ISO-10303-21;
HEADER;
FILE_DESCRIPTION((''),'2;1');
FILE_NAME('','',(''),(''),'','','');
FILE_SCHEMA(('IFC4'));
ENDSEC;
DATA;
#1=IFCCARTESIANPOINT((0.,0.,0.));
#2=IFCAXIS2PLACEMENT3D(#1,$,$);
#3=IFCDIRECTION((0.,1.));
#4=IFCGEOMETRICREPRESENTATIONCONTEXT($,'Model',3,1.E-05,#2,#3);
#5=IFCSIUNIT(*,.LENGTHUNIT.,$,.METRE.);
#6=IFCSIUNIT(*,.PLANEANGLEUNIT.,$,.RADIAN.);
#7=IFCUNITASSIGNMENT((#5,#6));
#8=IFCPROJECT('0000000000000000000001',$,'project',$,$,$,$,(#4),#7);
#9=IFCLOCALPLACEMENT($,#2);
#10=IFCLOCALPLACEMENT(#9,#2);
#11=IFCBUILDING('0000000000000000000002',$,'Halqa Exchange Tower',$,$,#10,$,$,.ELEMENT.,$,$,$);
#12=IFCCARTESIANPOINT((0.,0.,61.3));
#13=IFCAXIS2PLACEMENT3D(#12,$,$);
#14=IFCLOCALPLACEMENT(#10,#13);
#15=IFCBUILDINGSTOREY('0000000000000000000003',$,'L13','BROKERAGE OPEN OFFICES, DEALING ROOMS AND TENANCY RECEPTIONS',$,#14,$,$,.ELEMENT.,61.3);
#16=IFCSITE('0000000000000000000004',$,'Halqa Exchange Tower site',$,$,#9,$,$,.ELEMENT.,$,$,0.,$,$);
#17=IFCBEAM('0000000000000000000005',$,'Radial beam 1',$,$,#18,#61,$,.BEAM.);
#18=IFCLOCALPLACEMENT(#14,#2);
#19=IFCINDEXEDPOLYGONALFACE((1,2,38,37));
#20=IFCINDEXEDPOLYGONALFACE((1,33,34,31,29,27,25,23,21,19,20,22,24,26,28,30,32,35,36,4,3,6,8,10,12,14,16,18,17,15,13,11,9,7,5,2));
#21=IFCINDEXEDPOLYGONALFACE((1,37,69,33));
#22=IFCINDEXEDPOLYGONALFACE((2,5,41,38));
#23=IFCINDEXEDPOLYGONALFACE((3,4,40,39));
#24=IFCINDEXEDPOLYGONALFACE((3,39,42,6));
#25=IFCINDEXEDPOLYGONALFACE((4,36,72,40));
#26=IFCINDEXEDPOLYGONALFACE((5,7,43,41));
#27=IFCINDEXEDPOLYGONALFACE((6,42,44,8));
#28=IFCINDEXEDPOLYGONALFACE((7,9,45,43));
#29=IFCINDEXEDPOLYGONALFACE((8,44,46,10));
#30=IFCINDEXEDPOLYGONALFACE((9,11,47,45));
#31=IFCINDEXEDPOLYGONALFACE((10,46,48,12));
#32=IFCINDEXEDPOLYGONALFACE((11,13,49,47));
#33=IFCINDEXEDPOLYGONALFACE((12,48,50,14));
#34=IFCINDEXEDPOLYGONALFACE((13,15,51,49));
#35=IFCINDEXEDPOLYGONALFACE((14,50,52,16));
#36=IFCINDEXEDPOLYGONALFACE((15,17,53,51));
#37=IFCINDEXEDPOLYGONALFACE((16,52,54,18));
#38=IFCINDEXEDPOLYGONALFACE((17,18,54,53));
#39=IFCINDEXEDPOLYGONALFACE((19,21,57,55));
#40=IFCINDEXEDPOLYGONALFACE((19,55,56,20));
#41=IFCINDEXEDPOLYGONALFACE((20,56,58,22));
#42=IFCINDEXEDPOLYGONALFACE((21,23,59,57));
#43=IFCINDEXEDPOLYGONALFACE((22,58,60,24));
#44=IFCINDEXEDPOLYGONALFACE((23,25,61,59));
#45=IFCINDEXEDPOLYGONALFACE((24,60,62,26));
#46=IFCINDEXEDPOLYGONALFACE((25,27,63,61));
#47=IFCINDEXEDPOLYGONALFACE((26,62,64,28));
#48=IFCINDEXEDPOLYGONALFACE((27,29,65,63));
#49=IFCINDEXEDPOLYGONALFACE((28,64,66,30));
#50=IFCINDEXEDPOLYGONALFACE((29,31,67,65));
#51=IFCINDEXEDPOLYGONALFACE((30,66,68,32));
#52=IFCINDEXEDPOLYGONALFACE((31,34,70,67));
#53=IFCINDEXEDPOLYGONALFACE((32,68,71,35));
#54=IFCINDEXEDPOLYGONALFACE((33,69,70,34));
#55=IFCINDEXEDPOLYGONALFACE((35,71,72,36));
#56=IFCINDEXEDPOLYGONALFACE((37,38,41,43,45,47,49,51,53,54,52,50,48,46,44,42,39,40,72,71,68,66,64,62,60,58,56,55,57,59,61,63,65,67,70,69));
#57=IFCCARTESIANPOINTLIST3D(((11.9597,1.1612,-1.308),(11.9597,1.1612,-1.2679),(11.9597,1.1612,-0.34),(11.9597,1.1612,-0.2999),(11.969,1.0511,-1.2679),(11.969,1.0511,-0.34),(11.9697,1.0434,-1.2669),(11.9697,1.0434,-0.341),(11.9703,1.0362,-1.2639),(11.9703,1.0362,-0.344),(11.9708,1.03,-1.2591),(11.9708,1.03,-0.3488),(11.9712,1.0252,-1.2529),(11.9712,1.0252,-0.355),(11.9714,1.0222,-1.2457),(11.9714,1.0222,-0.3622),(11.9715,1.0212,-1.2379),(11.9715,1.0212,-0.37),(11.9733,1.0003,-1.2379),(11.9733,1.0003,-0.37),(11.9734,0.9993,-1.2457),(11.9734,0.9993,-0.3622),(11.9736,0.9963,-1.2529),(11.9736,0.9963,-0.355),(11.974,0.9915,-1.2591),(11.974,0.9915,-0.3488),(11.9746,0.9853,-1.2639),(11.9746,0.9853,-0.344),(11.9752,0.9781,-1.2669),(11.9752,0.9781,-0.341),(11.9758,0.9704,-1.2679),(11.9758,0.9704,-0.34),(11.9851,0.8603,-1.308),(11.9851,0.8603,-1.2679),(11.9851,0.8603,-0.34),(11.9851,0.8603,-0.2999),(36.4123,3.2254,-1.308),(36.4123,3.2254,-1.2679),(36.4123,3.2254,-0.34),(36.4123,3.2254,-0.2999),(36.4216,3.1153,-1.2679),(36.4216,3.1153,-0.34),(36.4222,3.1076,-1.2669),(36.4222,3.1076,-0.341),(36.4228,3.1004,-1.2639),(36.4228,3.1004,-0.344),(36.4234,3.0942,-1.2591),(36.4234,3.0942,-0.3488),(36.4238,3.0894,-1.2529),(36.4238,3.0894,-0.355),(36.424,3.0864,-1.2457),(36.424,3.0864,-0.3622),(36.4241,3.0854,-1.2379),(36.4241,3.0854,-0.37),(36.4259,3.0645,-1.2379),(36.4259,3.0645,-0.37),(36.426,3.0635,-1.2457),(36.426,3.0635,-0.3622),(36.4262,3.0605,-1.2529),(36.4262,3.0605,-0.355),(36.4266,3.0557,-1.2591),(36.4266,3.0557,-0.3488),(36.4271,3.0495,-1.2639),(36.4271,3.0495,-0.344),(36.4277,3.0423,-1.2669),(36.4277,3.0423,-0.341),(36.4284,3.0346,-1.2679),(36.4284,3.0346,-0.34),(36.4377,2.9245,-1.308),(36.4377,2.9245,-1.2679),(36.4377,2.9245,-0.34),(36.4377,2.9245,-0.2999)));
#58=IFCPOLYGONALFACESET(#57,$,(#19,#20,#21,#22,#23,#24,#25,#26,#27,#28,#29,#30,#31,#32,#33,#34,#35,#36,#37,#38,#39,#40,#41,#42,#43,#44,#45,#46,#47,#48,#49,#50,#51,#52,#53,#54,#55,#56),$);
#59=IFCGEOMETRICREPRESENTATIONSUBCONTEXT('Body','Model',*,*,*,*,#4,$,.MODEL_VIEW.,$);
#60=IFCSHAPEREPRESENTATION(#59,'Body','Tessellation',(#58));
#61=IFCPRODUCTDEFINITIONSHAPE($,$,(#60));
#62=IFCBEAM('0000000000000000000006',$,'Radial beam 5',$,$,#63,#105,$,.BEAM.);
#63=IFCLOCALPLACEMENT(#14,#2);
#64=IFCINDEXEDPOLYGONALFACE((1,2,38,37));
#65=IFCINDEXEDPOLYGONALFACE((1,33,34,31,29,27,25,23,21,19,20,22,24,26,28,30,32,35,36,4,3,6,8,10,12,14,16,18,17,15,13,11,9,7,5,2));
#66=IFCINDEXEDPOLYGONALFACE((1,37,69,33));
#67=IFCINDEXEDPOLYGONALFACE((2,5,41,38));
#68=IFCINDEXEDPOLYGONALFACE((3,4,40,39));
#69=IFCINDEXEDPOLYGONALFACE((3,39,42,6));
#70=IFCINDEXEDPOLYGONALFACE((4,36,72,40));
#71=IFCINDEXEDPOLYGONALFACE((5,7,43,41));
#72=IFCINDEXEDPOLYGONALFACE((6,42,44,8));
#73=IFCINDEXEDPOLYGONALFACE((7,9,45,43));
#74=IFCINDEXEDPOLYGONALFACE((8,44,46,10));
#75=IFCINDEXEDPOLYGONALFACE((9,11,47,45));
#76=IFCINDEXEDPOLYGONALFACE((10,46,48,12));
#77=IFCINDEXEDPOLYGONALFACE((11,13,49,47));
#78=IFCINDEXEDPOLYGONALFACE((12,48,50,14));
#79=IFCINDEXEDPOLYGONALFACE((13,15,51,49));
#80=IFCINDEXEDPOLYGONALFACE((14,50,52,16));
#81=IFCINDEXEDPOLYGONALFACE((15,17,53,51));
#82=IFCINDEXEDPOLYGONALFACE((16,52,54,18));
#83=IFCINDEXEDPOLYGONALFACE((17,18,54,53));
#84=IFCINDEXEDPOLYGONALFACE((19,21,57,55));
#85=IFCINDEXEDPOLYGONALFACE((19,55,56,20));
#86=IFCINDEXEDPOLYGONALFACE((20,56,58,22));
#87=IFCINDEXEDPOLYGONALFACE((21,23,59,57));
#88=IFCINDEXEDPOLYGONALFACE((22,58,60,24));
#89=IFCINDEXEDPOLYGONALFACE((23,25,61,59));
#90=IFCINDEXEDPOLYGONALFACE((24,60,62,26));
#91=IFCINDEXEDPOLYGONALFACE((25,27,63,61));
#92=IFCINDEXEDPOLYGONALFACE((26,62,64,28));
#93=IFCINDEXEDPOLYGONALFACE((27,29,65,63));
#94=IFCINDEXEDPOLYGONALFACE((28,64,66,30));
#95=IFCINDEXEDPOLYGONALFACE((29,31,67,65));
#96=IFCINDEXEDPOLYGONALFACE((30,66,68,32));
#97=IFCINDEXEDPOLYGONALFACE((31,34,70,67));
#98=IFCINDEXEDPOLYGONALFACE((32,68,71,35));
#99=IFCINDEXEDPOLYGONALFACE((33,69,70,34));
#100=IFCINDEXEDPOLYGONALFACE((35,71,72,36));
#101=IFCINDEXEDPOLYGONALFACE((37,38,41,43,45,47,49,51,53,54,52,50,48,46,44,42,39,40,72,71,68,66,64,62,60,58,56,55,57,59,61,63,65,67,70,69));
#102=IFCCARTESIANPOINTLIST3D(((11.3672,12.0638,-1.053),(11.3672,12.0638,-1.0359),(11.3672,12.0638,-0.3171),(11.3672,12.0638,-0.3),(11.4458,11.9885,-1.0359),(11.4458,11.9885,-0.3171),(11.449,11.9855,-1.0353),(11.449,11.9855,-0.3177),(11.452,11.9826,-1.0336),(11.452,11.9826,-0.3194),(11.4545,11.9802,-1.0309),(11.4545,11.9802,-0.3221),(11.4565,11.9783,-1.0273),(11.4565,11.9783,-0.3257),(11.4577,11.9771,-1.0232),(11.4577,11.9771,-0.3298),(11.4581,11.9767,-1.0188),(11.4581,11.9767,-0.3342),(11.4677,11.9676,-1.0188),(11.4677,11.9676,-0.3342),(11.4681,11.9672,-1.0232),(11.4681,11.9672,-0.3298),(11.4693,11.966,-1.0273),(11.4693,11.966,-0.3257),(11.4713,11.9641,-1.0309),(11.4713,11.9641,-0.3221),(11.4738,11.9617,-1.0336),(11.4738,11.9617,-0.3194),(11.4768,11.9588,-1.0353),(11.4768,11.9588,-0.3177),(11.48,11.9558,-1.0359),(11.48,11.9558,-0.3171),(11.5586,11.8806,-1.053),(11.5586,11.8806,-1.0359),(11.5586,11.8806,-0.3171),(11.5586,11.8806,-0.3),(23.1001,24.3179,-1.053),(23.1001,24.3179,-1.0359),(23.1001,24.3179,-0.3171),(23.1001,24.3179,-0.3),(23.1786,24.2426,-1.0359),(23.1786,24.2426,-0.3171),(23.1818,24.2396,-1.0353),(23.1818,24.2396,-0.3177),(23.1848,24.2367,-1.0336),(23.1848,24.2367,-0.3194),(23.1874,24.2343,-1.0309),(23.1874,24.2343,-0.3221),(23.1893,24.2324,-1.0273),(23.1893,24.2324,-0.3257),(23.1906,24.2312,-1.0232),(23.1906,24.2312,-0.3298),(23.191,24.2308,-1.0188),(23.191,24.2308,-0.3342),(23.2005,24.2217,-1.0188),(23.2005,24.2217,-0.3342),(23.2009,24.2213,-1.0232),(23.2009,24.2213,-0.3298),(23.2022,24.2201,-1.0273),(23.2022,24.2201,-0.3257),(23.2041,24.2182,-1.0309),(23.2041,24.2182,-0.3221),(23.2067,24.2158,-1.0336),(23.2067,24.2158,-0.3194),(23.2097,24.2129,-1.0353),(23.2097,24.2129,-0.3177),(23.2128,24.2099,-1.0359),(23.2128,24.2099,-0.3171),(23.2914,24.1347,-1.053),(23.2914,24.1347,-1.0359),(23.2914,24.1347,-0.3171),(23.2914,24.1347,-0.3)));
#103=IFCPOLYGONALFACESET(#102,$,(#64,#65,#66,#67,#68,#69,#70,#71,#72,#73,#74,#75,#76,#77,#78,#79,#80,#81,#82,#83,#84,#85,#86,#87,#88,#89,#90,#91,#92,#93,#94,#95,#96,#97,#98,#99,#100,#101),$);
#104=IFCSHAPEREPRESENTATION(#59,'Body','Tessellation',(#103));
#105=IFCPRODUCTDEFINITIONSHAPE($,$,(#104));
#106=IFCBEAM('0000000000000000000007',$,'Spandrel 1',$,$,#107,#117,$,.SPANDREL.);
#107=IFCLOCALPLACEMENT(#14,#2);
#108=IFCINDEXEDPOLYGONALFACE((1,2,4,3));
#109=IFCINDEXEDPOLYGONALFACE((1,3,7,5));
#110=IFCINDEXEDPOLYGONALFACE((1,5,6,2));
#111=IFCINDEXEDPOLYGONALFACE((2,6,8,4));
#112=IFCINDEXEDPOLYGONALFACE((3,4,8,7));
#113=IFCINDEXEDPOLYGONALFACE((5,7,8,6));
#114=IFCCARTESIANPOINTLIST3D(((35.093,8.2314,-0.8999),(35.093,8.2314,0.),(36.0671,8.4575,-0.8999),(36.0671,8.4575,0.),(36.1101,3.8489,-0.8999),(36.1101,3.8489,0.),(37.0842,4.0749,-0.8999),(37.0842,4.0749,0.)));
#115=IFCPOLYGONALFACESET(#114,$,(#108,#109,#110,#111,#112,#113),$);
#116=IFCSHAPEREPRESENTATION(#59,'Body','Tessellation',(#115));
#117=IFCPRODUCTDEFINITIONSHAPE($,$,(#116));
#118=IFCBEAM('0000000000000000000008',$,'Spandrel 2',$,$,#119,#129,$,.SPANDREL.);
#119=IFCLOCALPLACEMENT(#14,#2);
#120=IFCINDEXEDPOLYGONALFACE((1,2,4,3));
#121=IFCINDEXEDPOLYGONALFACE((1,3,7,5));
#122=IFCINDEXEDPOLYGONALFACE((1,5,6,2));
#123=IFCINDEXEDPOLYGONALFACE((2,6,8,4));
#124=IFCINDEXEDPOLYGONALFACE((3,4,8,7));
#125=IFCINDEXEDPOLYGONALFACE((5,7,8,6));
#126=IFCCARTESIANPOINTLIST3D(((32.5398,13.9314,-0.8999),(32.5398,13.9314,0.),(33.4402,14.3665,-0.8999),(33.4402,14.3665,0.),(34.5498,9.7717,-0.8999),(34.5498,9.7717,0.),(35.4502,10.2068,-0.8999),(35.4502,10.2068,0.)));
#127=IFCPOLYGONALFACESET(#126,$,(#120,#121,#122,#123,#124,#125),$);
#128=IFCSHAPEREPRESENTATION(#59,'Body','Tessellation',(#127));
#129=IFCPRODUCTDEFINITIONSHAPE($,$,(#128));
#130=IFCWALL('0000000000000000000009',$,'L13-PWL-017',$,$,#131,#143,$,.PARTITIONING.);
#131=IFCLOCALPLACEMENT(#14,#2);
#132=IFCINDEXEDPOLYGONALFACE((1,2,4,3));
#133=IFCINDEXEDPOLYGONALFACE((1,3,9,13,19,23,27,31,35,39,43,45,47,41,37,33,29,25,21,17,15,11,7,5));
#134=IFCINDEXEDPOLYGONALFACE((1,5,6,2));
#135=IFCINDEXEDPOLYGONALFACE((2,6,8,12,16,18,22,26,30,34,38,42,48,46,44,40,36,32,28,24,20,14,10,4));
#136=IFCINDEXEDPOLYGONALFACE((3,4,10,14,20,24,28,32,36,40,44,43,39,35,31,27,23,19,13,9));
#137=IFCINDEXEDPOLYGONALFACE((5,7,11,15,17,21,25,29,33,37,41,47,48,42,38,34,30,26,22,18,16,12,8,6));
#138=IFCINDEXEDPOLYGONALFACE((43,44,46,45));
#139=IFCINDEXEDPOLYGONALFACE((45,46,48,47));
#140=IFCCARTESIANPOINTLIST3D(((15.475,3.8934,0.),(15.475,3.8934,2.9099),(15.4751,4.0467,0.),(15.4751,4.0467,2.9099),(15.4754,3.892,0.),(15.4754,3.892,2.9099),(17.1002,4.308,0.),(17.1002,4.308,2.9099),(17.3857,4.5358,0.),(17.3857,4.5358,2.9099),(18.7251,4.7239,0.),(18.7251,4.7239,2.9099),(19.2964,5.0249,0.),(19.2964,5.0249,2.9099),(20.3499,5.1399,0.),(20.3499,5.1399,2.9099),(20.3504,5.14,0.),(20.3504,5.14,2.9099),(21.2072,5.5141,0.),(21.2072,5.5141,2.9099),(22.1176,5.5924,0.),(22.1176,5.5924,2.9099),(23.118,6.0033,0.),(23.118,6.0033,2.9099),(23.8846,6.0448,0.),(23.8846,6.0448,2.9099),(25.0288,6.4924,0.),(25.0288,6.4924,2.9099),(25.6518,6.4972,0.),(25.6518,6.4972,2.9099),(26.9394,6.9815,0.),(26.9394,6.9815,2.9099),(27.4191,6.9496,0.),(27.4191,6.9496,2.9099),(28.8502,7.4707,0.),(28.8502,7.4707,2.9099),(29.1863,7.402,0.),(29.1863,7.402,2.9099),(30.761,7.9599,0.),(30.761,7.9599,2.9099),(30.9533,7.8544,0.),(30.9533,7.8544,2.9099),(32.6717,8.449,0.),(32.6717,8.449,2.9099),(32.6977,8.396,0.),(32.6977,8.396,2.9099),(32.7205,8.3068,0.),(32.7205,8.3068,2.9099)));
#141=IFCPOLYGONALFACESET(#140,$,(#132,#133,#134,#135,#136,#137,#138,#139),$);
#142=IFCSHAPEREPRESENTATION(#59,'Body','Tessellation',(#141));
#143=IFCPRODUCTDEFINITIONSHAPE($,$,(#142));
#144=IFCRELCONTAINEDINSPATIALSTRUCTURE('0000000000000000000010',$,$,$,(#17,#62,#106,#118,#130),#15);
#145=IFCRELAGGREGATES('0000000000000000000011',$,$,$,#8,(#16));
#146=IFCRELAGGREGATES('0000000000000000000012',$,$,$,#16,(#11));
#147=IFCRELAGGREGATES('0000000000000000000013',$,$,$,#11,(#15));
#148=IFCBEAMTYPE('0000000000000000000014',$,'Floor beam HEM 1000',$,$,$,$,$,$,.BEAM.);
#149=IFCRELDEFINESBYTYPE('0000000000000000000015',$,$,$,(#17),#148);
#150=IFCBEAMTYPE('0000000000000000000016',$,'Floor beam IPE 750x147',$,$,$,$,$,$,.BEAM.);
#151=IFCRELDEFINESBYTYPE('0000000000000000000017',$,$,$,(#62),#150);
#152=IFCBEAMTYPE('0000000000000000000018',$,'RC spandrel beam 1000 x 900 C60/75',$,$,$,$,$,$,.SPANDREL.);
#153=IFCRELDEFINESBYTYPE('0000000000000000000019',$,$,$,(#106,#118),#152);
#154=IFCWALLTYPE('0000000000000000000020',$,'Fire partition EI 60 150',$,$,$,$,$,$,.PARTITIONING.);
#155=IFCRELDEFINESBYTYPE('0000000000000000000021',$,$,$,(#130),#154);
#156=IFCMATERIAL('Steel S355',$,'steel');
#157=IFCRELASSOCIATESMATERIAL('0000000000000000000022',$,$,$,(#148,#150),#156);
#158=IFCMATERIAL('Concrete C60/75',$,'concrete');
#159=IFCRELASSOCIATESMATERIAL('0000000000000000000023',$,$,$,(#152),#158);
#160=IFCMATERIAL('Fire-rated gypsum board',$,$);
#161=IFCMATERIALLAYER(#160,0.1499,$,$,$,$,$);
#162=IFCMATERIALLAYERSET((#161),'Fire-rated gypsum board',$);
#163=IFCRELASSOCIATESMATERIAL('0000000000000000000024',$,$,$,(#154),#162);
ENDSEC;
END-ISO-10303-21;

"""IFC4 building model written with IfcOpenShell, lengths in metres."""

from ifc_helpers import new_model, si_unit, direction, frame, origin, origin_2d, place, context, subcontext, project, spatial, polyline, rectangle, i_section, outline, extrude, material, layer, layer_set, material_profile, profile_set, type_object, element, save


model = new_model("IFC4")

# Units and contexts
model_context = context("Model", 3, precision=1e-05, world=origin(), true_north=direction((0.0, 1.0)))
body_context = subcontext(model_context, "Body", "Model", "MODEL_VIEW")
ifc_project = project(units=[si_unit("LENGTHUNIT", "METRE"), si_unit("PLANEANGLEUNIT", "RADIAN")], contexts=[model_context])

# Site, building, storey
site_placement = place(None, origin())
site = spatial("IfcSite", under=ifc_project, at=site_placement, Name="Halqa Exchange Tower site", CompositionType="ELEMENT", RefElevation=0.0)
building_placement = place(site_placement, origin())
building = spatial("IfcBuilding", under=site, at=building_placement, Name="Halqa Exchange Tower", CompositionType="ELEMENT")
storey_placement = place(building_placement, frame((0.0, 0.0, 61.3)))
storey = spatial("IfcBuildingStorey", under=building, at=storey_placement, Name="L13", Description="BROKERAGE OPEN OFFICES, DEALING ROOMS AND TENANCY RECEPTIONS", CompositionType="ELEMENT", Elevation=61.3)

# Beams
ifc_material_1 = material(Name="Steel S355", Category="steel")
ifc_material_profile_1 = material_profile(ifc_material_1, i_section(OverallWidth=0.302, OverallDepth=1.0081, WebThickness=0.021, FlangeThickness=0.04, FilletRadius=0.03, at=origin_2d()), Name="HEM 1000")
ifc_profile_set_1 = profile_set([ifc_material_profile_1], Name="Steel S355")
beam_type_1 = type_object("IfcBeamType", Name="Floor beam HEM 1000", PredefinedType="BEAM", material=ifc_profile_set_1)
beam_1_placement = place(storey_placement, frame((11.9724, 1.0107, -0.804), z_axis=(0.996456, 0.084117, 0.0), x_axis=(-0.084117, 0.996456, 0.0)))
element("IfcBeam", 1, at=beam_1_placement, inside=storey, type_object=beam_type_1, Name="Radial beam 1", PredefinedType="BEAM", context=body_context, shape_type="SweptSolid", body=[
    extrude(i_section(OverallWidth=0.302, OverallDepth=1.0081, WebThickness=0.021, FlangeThickness=0.04, FilletRadius=0.03, at=origin_2d()), origin(), (0.0, 0.0, 1.0), 24.5396),
])
ifc_material_profile_2 = material_profile(ifc_material_1, i_section(OverallWidth=0.2649, OverallDepth=0.7529, WebThickness=0.0132, FlangeThickness=0.0171, FilletRadius=0.0171, at=origin_2d()), Name="IPE 750x147")
ifc_profile_set_2 = profile_set([ifc_material_profile_2], Name="Steel S355")
beam_type_2 = type_object("IfcBeamType", Name="Floor beam IPE 750x147", PredefinedType="BEAM", material=ifc_profile_set_2)
beam_2_placement = place(storey_placement, frame((11.4629, 11.9722, -0.6765), z_axis=(0.691578, 0.722302, 0.0), x_axis=(-0.722302, 0.691578, 0.0)))
element("IfcBeam", 2, at=beam_2_placement, inside=storey, type_object=beam_type_2, Name="Radial beam 5", PredefinedType="BEAM", context=body_context, shape_type="SweptSolid", body=[
    extrude(i_section(OverallWidth=0.2649, OverallDepth=0.7529, WebThickness=0.0132, FlangeThickness=0.0171, FilletRadius=0.0171, at=origin_2d()), origin(), (0.0, 0.0, 1.0), 16.9653),
])
ifc_material_2 = material(Name="Concrete C60/75", Category="concrete")
ifc_material_profile_3 = material_profile(ifc_material_2, rectangle(XDim=1.0, YDim=0.8999, at=origin_2d()), Name="1000 x 900")
ifc_profile_set_3 = profile_set([ifc_material_profile_3], Name="Concrete C60/75")
beam_type_3 = type_object("IfcBeamType", Name="RC spandrel beam 1000 x 900 C60/75", PredefinedType="SPANDREL", material=ifc_profile_set_3)
beam_3_placement = place(storey_placement, frame((36.5972, 3.9619, -0.45), z_axis=(-0.226068, 0.974111, 0.0), x_axis=(-0.974111, -0.226068, 0.0)))
element("IfcBeam", 3, at=beam_3_placement, inside=storey, type_object=beam_type_3, Name="Spandrel 1", PredefinedType="SPANDREL", context=body_context, shape_type="SweptSolid", body=[
    extrude(rectangle(XDim=1.0, YDim=0.8999, at=origin_2d()), origin(), (0.0, 0.0, 1.0), 4.499),
])
beam_4_placement = place(storey_placement, frame((35.0, 9.9893, -0.45), z_axis=(-0.435082, 0.900391, 0.0), x_axis=(-0.900391, -0.435082, 0.0)))
element("IfcBeam", 4, at=beam_4_placement, inside=storey, type_object=beam_type_3, Name="Spandrel 2", PredefinedType="SPANDREL", context=body_context, shape_type="SweptSolid", body=[
    extrude(rectangle(XDim=1.0, YDim=0.8999, at=origin_2d()), origin(), (0.0, 0.0, 1.0), 4.6199),
])

# Wall
ifc_material_3 = material(Name="Fire-rated gypsum board")
ifc_layer_1 = layer(ifc_material_3, 0.1499)
ifc_layer_set_1 = layer_set([ifc_layer_1], Name="Fire-rated gypsum board")
wall_type_1 = type_object("IfcWallType", Name="Fire partition EI 60 150", PredefinedType="PARTITIONING", material=ifc_layer_set_1)
wall_1_placement = place(storey_placement, frame((15.4568, 3.9646, 0.0), z_axis=(0.0, 0.0, 1.0), x_axis=(0.968759, 0.248005, 0.0)))
element("IfcWall", 5, at=wall_1_placement, inside=storey, type_object=wall_type_1, Name="L13-PWL-017", PredefinedType="PARTITIONING", context=body_context, shape_type="SweptSolid", body=[
    extrude(outline(polyline([(0.0, -0.075), (1.6772, -0.075), (3.3545, -0.075), (5.0317, -0.075), (5.0317, -0.075), (5.0322, -0.075), (6.8564, -0.075), (8.6804, -0.075), (10.5046, -0.075), (12.3289, -0.075), (14.1531, -0.075), (15.9771, -0.075), (17.8013, -0.075), (17.8013, 0.0171), (17.7893, 0.075), (15.8169, 0.075), (13.8445, 0.075), (11.8721, 0.075), (9.8999, 0.075), (7.9275, 0.075), (5.9551, 0.075), (3.9827, 0.075), (2.0103, 0.075), (0.0381, 0.075), (0.0, -0.0735), (0.0, -0.075)])), origin(), (0.0, 0.0, 1.0), 2.9099),
])

save(model, "model.ifc")
